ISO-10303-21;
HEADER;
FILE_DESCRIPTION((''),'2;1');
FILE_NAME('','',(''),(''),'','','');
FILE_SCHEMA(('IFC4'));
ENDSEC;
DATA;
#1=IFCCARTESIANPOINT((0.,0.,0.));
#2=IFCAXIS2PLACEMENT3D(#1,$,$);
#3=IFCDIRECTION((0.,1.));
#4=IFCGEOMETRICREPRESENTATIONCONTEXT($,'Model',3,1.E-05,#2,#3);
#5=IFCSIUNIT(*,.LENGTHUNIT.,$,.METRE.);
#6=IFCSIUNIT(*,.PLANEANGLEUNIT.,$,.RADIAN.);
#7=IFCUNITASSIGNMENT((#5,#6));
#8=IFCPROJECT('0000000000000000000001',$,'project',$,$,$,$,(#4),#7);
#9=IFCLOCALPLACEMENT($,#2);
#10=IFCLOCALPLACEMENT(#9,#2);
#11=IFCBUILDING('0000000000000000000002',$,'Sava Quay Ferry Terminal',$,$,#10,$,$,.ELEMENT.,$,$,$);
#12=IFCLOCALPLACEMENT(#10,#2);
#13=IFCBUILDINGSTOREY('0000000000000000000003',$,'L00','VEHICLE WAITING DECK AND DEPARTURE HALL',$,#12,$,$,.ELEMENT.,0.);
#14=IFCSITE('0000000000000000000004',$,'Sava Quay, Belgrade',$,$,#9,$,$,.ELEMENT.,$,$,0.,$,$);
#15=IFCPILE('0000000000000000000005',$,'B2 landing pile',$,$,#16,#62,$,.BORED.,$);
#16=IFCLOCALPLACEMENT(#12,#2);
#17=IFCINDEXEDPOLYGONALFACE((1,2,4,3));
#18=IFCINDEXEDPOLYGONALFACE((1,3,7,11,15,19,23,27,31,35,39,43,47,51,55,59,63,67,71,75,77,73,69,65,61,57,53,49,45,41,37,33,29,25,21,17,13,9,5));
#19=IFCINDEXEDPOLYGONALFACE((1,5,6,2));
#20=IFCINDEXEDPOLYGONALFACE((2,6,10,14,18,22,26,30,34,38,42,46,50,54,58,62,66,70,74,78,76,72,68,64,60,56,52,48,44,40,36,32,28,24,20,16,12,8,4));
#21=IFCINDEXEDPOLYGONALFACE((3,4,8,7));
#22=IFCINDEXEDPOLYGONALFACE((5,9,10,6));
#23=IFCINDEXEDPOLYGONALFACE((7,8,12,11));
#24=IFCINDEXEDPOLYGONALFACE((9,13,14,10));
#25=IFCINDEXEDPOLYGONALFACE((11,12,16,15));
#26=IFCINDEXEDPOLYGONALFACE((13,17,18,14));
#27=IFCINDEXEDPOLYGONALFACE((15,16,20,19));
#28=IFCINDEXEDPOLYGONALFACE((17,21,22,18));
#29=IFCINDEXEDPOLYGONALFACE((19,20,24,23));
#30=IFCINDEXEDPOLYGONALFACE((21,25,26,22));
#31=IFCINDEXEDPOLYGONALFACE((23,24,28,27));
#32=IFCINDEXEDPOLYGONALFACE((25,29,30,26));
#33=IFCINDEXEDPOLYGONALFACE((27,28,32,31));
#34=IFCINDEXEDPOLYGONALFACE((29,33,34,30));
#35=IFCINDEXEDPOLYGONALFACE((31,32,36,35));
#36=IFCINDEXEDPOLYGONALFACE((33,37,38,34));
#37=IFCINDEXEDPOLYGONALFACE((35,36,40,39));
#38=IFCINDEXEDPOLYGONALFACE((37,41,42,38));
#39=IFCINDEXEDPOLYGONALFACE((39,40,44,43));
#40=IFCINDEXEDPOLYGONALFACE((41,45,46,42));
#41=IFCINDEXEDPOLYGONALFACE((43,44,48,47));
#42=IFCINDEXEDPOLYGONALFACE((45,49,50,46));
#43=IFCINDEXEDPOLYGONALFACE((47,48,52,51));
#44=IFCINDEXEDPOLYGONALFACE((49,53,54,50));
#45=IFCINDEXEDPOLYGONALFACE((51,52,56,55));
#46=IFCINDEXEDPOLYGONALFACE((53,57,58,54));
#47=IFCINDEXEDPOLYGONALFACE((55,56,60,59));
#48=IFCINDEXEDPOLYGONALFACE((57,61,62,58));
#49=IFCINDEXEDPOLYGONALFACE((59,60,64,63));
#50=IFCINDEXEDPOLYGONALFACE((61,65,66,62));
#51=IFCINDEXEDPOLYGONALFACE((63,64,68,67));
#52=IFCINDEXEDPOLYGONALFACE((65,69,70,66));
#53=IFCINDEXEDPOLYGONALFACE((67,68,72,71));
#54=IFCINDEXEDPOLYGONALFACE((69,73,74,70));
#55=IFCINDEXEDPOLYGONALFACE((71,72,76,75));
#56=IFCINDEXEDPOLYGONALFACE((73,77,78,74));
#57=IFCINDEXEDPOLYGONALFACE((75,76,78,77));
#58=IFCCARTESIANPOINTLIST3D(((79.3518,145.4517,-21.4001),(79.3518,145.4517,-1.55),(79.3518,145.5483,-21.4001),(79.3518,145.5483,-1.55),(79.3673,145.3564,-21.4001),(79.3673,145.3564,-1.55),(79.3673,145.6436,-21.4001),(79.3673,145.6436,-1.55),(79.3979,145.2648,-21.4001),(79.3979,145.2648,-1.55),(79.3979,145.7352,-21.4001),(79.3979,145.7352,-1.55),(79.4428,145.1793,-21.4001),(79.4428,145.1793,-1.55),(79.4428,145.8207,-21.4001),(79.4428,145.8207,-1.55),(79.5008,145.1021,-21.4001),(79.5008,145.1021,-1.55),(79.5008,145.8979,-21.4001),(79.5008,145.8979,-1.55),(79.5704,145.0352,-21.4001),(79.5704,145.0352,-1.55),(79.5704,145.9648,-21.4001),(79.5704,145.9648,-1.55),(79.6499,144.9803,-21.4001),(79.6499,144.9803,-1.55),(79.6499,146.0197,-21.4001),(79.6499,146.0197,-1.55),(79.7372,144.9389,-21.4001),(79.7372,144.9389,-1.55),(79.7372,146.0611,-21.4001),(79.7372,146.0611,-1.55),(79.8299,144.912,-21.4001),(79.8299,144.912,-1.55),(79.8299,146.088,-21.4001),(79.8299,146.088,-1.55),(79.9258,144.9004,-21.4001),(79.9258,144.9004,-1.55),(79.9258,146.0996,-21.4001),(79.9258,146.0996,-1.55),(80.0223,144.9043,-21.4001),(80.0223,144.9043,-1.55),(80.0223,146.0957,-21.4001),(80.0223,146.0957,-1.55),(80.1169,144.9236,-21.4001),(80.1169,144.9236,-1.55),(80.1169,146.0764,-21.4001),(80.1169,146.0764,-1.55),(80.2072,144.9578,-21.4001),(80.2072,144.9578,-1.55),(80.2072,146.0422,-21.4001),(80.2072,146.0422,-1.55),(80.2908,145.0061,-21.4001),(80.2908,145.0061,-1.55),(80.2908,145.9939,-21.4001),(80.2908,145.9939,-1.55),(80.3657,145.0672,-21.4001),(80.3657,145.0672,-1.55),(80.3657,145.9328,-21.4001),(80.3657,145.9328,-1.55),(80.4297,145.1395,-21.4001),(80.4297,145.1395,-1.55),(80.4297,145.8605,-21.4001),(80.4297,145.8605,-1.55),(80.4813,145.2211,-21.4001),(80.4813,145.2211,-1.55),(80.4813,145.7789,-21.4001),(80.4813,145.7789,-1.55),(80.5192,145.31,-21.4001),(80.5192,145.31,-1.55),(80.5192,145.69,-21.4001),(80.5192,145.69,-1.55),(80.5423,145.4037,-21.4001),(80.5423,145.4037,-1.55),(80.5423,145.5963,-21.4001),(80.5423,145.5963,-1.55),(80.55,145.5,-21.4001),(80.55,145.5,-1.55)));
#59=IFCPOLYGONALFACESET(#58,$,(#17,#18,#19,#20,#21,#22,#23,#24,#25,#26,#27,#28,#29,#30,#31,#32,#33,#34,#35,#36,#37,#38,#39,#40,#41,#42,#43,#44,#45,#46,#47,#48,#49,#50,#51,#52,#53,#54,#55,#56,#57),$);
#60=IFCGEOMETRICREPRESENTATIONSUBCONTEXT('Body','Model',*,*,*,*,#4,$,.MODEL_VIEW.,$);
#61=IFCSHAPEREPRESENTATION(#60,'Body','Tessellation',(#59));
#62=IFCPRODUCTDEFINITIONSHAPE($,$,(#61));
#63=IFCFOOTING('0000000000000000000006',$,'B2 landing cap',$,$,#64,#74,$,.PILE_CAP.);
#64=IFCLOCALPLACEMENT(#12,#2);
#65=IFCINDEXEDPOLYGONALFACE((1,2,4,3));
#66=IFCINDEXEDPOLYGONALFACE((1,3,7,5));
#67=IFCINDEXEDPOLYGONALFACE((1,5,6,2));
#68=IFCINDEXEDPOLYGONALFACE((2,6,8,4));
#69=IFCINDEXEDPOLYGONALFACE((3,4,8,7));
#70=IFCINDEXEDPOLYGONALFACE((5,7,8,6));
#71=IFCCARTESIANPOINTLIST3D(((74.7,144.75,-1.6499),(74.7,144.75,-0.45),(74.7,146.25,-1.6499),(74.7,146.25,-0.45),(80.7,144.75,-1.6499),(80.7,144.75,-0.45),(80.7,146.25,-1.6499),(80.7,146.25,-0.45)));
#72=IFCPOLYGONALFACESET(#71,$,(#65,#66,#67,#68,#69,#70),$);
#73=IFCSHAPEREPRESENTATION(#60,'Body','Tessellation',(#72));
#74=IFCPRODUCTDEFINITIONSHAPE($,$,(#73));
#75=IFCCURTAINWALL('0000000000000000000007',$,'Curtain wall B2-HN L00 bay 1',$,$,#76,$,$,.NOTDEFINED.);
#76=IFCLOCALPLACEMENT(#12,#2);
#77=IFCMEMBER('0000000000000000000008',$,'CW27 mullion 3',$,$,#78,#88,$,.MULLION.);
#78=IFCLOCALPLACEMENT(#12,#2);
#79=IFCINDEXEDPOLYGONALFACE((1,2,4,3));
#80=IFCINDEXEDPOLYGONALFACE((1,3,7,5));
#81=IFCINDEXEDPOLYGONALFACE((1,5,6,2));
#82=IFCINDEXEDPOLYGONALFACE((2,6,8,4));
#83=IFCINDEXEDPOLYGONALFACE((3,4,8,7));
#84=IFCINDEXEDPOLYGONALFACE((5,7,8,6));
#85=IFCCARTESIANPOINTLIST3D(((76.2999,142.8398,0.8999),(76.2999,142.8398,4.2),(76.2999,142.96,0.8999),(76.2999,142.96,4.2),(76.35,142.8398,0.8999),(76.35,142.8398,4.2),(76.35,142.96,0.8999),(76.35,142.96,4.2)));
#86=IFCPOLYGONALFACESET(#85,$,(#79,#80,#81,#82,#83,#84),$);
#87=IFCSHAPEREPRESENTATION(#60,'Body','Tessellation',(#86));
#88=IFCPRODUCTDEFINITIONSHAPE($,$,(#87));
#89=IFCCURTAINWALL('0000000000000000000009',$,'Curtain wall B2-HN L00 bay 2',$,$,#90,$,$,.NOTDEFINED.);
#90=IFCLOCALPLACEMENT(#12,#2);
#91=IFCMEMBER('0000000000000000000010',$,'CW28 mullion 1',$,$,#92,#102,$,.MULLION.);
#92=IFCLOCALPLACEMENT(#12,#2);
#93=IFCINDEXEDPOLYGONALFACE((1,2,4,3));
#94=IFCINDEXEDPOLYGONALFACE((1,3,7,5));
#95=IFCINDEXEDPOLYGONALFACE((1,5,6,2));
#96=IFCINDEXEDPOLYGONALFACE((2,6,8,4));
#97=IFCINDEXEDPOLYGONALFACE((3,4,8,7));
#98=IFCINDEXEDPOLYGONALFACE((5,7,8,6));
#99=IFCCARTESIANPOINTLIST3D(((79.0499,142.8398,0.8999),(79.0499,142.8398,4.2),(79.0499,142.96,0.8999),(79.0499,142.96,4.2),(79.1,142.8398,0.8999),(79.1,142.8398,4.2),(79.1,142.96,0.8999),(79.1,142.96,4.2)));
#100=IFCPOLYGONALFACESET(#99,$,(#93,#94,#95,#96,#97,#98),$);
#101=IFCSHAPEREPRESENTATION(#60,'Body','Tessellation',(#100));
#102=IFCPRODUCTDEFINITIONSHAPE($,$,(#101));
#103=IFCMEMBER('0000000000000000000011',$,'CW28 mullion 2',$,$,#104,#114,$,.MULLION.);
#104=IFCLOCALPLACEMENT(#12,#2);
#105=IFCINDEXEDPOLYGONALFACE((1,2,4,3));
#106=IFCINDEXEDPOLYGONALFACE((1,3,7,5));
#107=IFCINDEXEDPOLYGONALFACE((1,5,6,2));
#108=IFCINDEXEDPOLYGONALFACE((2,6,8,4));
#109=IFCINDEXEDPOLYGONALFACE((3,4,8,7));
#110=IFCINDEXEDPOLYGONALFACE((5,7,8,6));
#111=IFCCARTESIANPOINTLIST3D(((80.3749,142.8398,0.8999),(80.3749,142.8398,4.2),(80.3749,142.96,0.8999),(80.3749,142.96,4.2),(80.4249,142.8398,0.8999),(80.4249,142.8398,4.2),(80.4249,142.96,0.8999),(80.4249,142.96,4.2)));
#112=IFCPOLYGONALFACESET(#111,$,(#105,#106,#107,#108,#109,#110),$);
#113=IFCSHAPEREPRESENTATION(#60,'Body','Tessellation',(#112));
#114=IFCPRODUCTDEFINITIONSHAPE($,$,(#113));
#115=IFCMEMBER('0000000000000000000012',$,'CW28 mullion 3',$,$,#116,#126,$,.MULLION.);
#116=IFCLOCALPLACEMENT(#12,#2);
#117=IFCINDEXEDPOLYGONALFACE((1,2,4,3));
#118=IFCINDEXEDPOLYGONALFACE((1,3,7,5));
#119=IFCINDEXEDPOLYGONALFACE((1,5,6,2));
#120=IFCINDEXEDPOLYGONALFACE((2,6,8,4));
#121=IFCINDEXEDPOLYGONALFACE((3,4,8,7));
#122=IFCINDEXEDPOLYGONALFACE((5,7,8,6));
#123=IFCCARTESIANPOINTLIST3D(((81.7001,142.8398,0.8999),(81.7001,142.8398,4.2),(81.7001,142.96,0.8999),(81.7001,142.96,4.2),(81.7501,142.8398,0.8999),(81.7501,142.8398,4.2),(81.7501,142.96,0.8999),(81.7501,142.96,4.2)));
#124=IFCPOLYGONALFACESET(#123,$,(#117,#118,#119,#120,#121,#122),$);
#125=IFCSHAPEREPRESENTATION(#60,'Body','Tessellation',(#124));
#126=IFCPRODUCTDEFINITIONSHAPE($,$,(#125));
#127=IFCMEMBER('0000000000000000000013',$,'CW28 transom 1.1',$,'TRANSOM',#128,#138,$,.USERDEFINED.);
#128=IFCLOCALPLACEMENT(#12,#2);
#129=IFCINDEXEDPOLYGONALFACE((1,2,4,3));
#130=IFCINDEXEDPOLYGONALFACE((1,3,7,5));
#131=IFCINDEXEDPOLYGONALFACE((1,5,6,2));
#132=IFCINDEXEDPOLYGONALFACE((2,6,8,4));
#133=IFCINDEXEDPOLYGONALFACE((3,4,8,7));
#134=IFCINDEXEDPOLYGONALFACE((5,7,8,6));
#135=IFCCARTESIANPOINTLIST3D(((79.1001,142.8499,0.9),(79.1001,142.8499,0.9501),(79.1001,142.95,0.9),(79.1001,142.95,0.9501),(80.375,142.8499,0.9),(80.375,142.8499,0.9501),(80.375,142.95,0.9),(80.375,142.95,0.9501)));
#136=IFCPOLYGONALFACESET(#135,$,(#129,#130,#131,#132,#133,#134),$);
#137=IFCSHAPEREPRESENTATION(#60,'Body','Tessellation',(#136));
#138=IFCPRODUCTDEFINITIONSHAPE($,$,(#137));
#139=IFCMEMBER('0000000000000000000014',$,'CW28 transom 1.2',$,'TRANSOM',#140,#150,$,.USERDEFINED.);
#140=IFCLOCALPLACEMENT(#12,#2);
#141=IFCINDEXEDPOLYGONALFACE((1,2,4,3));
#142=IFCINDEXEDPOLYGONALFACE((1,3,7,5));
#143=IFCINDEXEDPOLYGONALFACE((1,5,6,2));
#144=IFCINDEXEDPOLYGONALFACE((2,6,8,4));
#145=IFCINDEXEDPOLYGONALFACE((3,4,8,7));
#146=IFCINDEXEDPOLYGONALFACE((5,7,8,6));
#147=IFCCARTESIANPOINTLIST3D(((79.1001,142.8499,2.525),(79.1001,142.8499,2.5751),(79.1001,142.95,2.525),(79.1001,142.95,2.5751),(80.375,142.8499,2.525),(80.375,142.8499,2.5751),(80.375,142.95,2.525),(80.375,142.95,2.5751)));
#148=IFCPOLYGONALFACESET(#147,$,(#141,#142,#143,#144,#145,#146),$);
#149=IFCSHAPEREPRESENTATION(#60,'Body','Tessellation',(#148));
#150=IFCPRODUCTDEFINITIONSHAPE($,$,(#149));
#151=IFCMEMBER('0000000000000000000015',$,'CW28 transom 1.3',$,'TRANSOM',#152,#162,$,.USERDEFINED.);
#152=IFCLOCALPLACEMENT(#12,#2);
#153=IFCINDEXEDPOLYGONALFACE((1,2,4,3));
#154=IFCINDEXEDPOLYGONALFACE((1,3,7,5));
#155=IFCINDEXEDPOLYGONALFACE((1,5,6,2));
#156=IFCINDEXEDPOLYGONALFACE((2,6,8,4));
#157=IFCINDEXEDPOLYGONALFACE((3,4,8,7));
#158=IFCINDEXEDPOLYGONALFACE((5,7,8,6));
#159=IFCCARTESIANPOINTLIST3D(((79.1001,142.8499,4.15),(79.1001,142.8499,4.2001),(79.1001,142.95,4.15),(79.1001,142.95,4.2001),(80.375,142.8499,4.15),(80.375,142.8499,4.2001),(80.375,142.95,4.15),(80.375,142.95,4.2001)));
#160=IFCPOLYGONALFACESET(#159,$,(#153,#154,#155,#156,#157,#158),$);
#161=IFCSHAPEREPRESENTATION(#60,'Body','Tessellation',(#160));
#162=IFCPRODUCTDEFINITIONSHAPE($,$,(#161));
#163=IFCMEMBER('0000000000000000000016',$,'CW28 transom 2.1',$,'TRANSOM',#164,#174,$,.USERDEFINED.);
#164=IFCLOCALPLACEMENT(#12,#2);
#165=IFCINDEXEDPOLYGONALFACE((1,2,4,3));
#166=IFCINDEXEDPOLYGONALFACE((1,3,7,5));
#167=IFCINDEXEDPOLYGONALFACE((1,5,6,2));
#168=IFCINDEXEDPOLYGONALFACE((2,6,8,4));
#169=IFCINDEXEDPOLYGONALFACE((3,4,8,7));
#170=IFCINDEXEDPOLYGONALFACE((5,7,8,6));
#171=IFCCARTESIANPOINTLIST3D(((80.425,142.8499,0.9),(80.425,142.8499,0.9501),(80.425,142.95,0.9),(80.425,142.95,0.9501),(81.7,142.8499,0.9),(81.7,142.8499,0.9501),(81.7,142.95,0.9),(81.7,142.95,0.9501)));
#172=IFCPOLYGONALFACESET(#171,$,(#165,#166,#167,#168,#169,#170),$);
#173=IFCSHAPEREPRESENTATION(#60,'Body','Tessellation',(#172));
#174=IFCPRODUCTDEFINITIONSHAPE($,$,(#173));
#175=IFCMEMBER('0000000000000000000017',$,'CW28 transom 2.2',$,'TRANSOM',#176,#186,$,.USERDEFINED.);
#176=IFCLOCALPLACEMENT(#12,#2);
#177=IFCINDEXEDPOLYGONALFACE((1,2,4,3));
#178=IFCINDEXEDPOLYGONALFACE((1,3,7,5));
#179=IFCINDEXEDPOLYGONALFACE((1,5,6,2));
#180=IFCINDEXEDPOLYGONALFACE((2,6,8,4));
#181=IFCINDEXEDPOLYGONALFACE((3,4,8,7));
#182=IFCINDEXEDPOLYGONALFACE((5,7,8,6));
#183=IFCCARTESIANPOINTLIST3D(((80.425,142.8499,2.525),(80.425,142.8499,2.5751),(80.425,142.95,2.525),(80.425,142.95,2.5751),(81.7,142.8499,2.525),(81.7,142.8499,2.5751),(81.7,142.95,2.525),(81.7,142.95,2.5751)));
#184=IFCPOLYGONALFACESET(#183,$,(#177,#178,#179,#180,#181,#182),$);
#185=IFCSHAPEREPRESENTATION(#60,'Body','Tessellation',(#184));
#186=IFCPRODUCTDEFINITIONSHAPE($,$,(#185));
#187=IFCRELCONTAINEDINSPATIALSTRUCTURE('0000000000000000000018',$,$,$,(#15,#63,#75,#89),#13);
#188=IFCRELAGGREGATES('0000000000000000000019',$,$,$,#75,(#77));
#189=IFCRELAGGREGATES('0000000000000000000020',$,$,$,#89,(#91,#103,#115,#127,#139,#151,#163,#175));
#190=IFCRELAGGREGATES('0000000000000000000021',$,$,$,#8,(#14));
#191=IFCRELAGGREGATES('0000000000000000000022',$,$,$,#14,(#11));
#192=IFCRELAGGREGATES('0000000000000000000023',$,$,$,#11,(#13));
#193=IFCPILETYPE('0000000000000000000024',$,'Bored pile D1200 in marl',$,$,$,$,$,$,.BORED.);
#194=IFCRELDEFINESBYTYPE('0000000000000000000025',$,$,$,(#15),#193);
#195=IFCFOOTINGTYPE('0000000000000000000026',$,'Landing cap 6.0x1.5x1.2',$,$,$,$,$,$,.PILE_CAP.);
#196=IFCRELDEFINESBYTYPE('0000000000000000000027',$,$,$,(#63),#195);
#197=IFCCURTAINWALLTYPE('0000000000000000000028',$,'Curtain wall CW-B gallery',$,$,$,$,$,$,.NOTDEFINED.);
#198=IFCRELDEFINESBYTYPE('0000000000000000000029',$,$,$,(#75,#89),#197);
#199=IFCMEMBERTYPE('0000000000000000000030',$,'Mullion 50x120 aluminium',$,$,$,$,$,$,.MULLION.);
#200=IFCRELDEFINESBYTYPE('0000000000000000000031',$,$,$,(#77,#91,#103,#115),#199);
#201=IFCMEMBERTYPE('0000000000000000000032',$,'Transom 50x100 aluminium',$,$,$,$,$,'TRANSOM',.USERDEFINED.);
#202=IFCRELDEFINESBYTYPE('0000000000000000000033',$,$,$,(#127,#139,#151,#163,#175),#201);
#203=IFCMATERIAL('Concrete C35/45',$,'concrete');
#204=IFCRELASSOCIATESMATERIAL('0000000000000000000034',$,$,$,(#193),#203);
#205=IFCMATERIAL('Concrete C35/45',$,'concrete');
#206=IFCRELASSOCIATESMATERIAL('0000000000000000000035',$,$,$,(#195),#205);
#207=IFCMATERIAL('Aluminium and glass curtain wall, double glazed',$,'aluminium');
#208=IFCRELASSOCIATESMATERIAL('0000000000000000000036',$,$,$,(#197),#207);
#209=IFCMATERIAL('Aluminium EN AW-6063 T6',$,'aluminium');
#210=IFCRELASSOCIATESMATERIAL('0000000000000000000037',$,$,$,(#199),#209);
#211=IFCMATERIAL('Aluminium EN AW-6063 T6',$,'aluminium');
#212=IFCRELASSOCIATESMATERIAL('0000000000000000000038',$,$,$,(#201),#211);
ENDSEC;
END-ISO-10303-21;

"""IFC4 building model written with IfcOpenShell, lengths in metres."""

from ifc_helpers import new_model, si_unit, direction, frame, origin, origin_2d, place, context, subcontext, project, spatial, rectangle, circle, extrude, material, material_profile, profile_set, type_object, element, aggregate, save


model = new_model("IFC4")

# Units and contexts
model_context = context("Model", 3, precision=1e-05, world=origin(), true_north=direction((0.0, 1.0)))
body_context = subcontext(model_context, "Body", "Model", "MODEL_VIEW")
ifc_project = project(units=[si_unit("LENGTHUNIT", "METRE"), si_unit("PLANEANGLEUNIT", "RADIAN")], contexts=[model_context])

# Site, building, storey
site_placement = place(None, origin())
site = spatial("IfcSite", under=ifc_project, at=site_placement, Name="Sava Quay, Belgrade", CompositionType="ELEMENT", RefElevation=0.0)
building_placement = place(site_placement, origin())
building = spatial("IfcBuilding", under=site, at=building_placement, Name="Sava Quay Ferry Terminal", CompositionType="ELEMENT")
storey_placement = place(building_placement, origin())
storey = spatial("IfcBuildingStorey", under=building, at=storey_placement, Name="L00", Description="VEHICLE WAITING DECK AND DEPARTURE HALL", CompositionType="ELEMENT", Elevation=0.0)

# Pile
ifc_material_1 = material(Name="Concrete C35/45", Category="concrete")
ifc_material_profile_1 = material_profile(ifc_material_1, circle(Radius=0.6001, at=origin_2d()), Name="Bored pile D1200 in marl")
ifc_profile_set_1 = profile_set([ifc_material_profile_1], Name="Concrete C35/45")
pile_type = type_object("IfcPileType", Name="Bored pile D1200 in marl", PredefinedType="BORED", material=ifc_profile_set_1)
pile_placement = place(storey_placement, frame((79.95, 145.5, -1.55), z_axis=(0.0, 0.0, -1.0), x_axis=(1.0, 0.0, 0.0)))
element("IfcPile", 1, at=pile_placement, inside=storey, type_object=pile_type, Name="B2 landing pile", PredefinedType="BORED", context=body_context, shape_type="SweptSolid", body=[
    extrude(circle(Radius=0.6001, at=origin_2d()), origin(), (0.0, 0.0, 1.0), 19.8501),
])

# Footing
ifc_material_2 = material(Name="Concrete C35/45", Category="concrete")
footing_type = type_object("IfcFootingType", Name="Landing cap 6.0x1.5x1.2", PredefinedType="PILE_CAP", material=ifc_material_2)
footing_placement = place(storey_placement, frame((77.7, 145.5, -1.6499), z_axis=(0.0, 0.0, 1.0), x_axis=(1.0, 0.0, 0.0)))
element("IfcFooting", 2, at=footing_placement, inside=storey, type_object=footing_type, Name="B2 landing cap", PredefinedType="PILE_CAP", context=body_context, shape_type="SweptSolid", body=[
    extrude(rectangle(XDim=6.0, YDim=1.5, at=origin_2d()), origin(), (0.0, 0.0, 1.0), 1.2),
])

# Curtain wall, member
ifc_material_3 = material(Name="Aluminium and glass curtain wall, double glazed", Category="aluminium")
curtain_wall_type = type_object("IfcCurtainWallType", Name="Curtain wall CW-B gallery", PredefinedType="NOTDEFINED", material=ifc_material_3)
curtain_wall_1_placement = place(storey_placement, origin())
curtain_wall_1 = element("IfcCurtainWall", 3, at=curtain_wall_1_placement, inside=storey, type_object=curtain_wall_type, Name="Curtain wall B2-HN L00 bay 1", PredefinedType="NOTDEFINED")
ifc_material_4 = material(Name="Aluminium EN AW-6063 T6", Category="aluminium")
ifc_material_profile_2 = material_profile(ifc_material_4, rectangle(XDim=0.1201, YDim=0.05, at=origin_2d()), Name="Mullion 50x120 aluminium")
ifc_profile_set_2 = profile_set([ifc_material_profile_2], Name="Aluminium EN AW-6063 T6")
member_type_1 = type_object("IfcMemberType", Name="Mullion 50x120 aluminium", PredefinedType="MULLION", material=ifc_profile_set_2)
member_1_placement = place(storey_placement, frame((76.325, 142.8999, 0.8999), z_axis=(0.0, 0.0, 1.0), x_axis=(0.0, 1.0, 0.0)))
member_1 = element("IfcMember", 4, at=member_1_placement, type_object=member_type_1, Name="CW27 mullion 3", PredefinedType="MULLION", context=body_context, shape_type="SweptSolid", body=[
    extrude(rectangle(XDim=0.1201, YDim=0.05, at=origin_2d()), origin(), (0.0, 0.0, 1.0), 3.3),
])
aggregate(curtain_wall_1, [member_1])

# Curtain wall, members
curtain_wall_2_placement = place(storey_placement, origin())
curtain_wall_2 = element("IfcCurtainWall", 5, at=curtain_wall_2_placement, inside=storey, type_object=curtain_wall_type, Name="Curtain wall B2-HN L00 bay 2", PredefinedType="NOTDEFINED")
member_2_placement = place(storey_placement, frame((79.075, 142.8999, 0.8999), z_axis=(0.0, 0.0, 1.0), x_axis=(0.0, 1.0, 0.0)))
member_2 = element("IfcMember", 6, at=member_2_placement, type_object=member_type_1, Name="CW28 mullion 1", PredefinedType="MULLION", context=body_context, shape_type="SweptSolid", body=[
    extrude(rectangle(XDim=0.1201, YDim=0.05, at=origin_2d()), origin(), (0.0, 0.0, 1.0), 3.3),
])
member_3_placement = place(storey_placement, frame((80.3999, 142.8999, 0.8999), z_axis=(0.0, 0.0, 1.0), x_axis=(0.0, 1.0, 0.0)))
member_3 = element("IfcMember", 7, at=member_3_placement, type_object=member_type_1, Name="CW28 mullion 2", PredefinedType="MULLION", context=body_context, shape_type="SweptSolid", body=[
    extrude(rectangle(XDim=0.1201, YDim=0.05, at=origin_2d()), origin(), (0.0, 0.0, 1.0), 3.3),
])
member_4_placement = place(storey_placement, frame((81.7251, 142.8999, 0.8999), z_axis=(0.0, 0.0, 1.0), x_axis=(0.0, 1.0, 0.0)))
member_4 = element("IfcMember", 8, at=member_4_placement, type_object=member_type_1, Name="CW28 mullion 3", PredefinedType="MULLION", context=body_context, shape_type="SweptSolid", body=[
    extrude(rectangle(XDim=0.1201, YDim=0.05, at=origin_2d()), origin(), (0.0, 0.0, 1.0), 3.3),
])
ifc_material_5 = material(Name="Aluminium EN AW-6063 T6", Category="aluminium")
ifc_material_profile_3 = material_profile(ifc_material_5, rectangle(XDim=0.1001, YDim=0.05, at=origin_2d()), Name="Transom 50x100 aluminium")
ifc_profile_set_3 = profile_set([ifc_material_profile_3], Name="Aluminium EN AW-6063 T6")
member_type_2 = type_object("IfcMemberType", Name="Transom 50x100 aluminium", ElementType="TRANSOM", PredefinedType="USERDEFINED", material=ifc_profile_set_3)
member_5_placement = place(storey_placement, frame((79.1001, 142.8999, 0.925), z_axis=(1.0, 0.0, 0.0), x_axis=(0.0, 1.0, 0.0)))
member_5 = element("IfcMember", 9, at=member_5_placement, type_object=member_type_2, Name="CW28 transom 1.1", ObjectType="TRANSOM", PredefinedType="USERDEFINED", context=body_context, shape_type="SweptSolid", body=[
    extrude(rectangle(XDim=0.1001, YDim=0.05, at=origin_2d()), origin(), (0.0, 0.0, 1.0), 1.2749),
])
member_6_placement = place(storey_placement, frame((79.1001, 142.8999, 2.55), z_axis=(1.0, 0.0, 0.0), x_axis=(0.0, 1.0, 0.0)))
member_6 = element("IfcMember", 10, at=member_6_placement, type_object=member_type_2, Name="CW28 transom 1.2", ObjectType="TRANSOM", PredefinedType="USERDEFINED", context=body_context, shape_type="SweptSolid", body=[
    extrude(rectangle(XDim=0.1001, YDim=0.05, at=origin_2d()), origin(), (0.0, 0.0, 1.0), 1.2749),
])
member_7_placement = place(storey_placement, frame((79.1001, 142.8999, 4.175), z_axis=(1.0, 0.0, 0.0), x_axis=(0.0, 1.0, 0.0)))
member_7 = element("IfcMember", 11, at=member_7_placement, type_object=member_type_2, Name="CW28 transom 1.3", ObjectType="TRANSOM", PredefinedType="USERDEFINED", context=body_context, shape_type="SweptSolid", body=[
    extrude(rectangle(XDim=0.1001, YDim=0.05, at=origin_2d()), origin(), (0.0, 0.0, 1.0), 1.2749),
])
member_8_placement = place(storey_placement, frame((80.425, 142.8999, 0.925), z_axis=(1.0, 0.0, 0.0), x_axis=(0.0, 1.0, 0.0)))
member_8 = element("IfcMember", 12, at=member_8_placement, type_object=member_type_2, Name="CW28 transom 2.1", ObjectType="TRANSOM", PredefinedType="USERDEFINED", context=body_context, shape_type="SweptSolid", body=[
    extrude(rectangle(XDim=0.1001, YDim=0.05, at=origin_2d()), origin(), (0.0, 0.0, 1.0), 1.2749),
])
member_9_placement = place(storey_placement, frame((80.425, 142.8999, 2.55), z_axis=(1.0, 0.0, 0.0), x_axis=(0.0, 1.0, 0.0)))
member_9 = element("IfcMember", 13, at=member_9_placement, type_object=member_type_2, Name="CW28 transom 2.2", ObjectType="TRANSOM", PredefinedType="USERDEFINED", context=body_context, shape_type="SweptSolid", body=[
    extrude(rectangle(XDim=0.1001, YDim=0.05, at=origin_2d()), origin(), (0.0, 0.0, 1.0), 1.2749),
])
aggregate(curtain_wall_2, [member_2, member_3, member_4, member_5, member_6, member_7, member_8, member_9])

save(model, "model.ifc")
